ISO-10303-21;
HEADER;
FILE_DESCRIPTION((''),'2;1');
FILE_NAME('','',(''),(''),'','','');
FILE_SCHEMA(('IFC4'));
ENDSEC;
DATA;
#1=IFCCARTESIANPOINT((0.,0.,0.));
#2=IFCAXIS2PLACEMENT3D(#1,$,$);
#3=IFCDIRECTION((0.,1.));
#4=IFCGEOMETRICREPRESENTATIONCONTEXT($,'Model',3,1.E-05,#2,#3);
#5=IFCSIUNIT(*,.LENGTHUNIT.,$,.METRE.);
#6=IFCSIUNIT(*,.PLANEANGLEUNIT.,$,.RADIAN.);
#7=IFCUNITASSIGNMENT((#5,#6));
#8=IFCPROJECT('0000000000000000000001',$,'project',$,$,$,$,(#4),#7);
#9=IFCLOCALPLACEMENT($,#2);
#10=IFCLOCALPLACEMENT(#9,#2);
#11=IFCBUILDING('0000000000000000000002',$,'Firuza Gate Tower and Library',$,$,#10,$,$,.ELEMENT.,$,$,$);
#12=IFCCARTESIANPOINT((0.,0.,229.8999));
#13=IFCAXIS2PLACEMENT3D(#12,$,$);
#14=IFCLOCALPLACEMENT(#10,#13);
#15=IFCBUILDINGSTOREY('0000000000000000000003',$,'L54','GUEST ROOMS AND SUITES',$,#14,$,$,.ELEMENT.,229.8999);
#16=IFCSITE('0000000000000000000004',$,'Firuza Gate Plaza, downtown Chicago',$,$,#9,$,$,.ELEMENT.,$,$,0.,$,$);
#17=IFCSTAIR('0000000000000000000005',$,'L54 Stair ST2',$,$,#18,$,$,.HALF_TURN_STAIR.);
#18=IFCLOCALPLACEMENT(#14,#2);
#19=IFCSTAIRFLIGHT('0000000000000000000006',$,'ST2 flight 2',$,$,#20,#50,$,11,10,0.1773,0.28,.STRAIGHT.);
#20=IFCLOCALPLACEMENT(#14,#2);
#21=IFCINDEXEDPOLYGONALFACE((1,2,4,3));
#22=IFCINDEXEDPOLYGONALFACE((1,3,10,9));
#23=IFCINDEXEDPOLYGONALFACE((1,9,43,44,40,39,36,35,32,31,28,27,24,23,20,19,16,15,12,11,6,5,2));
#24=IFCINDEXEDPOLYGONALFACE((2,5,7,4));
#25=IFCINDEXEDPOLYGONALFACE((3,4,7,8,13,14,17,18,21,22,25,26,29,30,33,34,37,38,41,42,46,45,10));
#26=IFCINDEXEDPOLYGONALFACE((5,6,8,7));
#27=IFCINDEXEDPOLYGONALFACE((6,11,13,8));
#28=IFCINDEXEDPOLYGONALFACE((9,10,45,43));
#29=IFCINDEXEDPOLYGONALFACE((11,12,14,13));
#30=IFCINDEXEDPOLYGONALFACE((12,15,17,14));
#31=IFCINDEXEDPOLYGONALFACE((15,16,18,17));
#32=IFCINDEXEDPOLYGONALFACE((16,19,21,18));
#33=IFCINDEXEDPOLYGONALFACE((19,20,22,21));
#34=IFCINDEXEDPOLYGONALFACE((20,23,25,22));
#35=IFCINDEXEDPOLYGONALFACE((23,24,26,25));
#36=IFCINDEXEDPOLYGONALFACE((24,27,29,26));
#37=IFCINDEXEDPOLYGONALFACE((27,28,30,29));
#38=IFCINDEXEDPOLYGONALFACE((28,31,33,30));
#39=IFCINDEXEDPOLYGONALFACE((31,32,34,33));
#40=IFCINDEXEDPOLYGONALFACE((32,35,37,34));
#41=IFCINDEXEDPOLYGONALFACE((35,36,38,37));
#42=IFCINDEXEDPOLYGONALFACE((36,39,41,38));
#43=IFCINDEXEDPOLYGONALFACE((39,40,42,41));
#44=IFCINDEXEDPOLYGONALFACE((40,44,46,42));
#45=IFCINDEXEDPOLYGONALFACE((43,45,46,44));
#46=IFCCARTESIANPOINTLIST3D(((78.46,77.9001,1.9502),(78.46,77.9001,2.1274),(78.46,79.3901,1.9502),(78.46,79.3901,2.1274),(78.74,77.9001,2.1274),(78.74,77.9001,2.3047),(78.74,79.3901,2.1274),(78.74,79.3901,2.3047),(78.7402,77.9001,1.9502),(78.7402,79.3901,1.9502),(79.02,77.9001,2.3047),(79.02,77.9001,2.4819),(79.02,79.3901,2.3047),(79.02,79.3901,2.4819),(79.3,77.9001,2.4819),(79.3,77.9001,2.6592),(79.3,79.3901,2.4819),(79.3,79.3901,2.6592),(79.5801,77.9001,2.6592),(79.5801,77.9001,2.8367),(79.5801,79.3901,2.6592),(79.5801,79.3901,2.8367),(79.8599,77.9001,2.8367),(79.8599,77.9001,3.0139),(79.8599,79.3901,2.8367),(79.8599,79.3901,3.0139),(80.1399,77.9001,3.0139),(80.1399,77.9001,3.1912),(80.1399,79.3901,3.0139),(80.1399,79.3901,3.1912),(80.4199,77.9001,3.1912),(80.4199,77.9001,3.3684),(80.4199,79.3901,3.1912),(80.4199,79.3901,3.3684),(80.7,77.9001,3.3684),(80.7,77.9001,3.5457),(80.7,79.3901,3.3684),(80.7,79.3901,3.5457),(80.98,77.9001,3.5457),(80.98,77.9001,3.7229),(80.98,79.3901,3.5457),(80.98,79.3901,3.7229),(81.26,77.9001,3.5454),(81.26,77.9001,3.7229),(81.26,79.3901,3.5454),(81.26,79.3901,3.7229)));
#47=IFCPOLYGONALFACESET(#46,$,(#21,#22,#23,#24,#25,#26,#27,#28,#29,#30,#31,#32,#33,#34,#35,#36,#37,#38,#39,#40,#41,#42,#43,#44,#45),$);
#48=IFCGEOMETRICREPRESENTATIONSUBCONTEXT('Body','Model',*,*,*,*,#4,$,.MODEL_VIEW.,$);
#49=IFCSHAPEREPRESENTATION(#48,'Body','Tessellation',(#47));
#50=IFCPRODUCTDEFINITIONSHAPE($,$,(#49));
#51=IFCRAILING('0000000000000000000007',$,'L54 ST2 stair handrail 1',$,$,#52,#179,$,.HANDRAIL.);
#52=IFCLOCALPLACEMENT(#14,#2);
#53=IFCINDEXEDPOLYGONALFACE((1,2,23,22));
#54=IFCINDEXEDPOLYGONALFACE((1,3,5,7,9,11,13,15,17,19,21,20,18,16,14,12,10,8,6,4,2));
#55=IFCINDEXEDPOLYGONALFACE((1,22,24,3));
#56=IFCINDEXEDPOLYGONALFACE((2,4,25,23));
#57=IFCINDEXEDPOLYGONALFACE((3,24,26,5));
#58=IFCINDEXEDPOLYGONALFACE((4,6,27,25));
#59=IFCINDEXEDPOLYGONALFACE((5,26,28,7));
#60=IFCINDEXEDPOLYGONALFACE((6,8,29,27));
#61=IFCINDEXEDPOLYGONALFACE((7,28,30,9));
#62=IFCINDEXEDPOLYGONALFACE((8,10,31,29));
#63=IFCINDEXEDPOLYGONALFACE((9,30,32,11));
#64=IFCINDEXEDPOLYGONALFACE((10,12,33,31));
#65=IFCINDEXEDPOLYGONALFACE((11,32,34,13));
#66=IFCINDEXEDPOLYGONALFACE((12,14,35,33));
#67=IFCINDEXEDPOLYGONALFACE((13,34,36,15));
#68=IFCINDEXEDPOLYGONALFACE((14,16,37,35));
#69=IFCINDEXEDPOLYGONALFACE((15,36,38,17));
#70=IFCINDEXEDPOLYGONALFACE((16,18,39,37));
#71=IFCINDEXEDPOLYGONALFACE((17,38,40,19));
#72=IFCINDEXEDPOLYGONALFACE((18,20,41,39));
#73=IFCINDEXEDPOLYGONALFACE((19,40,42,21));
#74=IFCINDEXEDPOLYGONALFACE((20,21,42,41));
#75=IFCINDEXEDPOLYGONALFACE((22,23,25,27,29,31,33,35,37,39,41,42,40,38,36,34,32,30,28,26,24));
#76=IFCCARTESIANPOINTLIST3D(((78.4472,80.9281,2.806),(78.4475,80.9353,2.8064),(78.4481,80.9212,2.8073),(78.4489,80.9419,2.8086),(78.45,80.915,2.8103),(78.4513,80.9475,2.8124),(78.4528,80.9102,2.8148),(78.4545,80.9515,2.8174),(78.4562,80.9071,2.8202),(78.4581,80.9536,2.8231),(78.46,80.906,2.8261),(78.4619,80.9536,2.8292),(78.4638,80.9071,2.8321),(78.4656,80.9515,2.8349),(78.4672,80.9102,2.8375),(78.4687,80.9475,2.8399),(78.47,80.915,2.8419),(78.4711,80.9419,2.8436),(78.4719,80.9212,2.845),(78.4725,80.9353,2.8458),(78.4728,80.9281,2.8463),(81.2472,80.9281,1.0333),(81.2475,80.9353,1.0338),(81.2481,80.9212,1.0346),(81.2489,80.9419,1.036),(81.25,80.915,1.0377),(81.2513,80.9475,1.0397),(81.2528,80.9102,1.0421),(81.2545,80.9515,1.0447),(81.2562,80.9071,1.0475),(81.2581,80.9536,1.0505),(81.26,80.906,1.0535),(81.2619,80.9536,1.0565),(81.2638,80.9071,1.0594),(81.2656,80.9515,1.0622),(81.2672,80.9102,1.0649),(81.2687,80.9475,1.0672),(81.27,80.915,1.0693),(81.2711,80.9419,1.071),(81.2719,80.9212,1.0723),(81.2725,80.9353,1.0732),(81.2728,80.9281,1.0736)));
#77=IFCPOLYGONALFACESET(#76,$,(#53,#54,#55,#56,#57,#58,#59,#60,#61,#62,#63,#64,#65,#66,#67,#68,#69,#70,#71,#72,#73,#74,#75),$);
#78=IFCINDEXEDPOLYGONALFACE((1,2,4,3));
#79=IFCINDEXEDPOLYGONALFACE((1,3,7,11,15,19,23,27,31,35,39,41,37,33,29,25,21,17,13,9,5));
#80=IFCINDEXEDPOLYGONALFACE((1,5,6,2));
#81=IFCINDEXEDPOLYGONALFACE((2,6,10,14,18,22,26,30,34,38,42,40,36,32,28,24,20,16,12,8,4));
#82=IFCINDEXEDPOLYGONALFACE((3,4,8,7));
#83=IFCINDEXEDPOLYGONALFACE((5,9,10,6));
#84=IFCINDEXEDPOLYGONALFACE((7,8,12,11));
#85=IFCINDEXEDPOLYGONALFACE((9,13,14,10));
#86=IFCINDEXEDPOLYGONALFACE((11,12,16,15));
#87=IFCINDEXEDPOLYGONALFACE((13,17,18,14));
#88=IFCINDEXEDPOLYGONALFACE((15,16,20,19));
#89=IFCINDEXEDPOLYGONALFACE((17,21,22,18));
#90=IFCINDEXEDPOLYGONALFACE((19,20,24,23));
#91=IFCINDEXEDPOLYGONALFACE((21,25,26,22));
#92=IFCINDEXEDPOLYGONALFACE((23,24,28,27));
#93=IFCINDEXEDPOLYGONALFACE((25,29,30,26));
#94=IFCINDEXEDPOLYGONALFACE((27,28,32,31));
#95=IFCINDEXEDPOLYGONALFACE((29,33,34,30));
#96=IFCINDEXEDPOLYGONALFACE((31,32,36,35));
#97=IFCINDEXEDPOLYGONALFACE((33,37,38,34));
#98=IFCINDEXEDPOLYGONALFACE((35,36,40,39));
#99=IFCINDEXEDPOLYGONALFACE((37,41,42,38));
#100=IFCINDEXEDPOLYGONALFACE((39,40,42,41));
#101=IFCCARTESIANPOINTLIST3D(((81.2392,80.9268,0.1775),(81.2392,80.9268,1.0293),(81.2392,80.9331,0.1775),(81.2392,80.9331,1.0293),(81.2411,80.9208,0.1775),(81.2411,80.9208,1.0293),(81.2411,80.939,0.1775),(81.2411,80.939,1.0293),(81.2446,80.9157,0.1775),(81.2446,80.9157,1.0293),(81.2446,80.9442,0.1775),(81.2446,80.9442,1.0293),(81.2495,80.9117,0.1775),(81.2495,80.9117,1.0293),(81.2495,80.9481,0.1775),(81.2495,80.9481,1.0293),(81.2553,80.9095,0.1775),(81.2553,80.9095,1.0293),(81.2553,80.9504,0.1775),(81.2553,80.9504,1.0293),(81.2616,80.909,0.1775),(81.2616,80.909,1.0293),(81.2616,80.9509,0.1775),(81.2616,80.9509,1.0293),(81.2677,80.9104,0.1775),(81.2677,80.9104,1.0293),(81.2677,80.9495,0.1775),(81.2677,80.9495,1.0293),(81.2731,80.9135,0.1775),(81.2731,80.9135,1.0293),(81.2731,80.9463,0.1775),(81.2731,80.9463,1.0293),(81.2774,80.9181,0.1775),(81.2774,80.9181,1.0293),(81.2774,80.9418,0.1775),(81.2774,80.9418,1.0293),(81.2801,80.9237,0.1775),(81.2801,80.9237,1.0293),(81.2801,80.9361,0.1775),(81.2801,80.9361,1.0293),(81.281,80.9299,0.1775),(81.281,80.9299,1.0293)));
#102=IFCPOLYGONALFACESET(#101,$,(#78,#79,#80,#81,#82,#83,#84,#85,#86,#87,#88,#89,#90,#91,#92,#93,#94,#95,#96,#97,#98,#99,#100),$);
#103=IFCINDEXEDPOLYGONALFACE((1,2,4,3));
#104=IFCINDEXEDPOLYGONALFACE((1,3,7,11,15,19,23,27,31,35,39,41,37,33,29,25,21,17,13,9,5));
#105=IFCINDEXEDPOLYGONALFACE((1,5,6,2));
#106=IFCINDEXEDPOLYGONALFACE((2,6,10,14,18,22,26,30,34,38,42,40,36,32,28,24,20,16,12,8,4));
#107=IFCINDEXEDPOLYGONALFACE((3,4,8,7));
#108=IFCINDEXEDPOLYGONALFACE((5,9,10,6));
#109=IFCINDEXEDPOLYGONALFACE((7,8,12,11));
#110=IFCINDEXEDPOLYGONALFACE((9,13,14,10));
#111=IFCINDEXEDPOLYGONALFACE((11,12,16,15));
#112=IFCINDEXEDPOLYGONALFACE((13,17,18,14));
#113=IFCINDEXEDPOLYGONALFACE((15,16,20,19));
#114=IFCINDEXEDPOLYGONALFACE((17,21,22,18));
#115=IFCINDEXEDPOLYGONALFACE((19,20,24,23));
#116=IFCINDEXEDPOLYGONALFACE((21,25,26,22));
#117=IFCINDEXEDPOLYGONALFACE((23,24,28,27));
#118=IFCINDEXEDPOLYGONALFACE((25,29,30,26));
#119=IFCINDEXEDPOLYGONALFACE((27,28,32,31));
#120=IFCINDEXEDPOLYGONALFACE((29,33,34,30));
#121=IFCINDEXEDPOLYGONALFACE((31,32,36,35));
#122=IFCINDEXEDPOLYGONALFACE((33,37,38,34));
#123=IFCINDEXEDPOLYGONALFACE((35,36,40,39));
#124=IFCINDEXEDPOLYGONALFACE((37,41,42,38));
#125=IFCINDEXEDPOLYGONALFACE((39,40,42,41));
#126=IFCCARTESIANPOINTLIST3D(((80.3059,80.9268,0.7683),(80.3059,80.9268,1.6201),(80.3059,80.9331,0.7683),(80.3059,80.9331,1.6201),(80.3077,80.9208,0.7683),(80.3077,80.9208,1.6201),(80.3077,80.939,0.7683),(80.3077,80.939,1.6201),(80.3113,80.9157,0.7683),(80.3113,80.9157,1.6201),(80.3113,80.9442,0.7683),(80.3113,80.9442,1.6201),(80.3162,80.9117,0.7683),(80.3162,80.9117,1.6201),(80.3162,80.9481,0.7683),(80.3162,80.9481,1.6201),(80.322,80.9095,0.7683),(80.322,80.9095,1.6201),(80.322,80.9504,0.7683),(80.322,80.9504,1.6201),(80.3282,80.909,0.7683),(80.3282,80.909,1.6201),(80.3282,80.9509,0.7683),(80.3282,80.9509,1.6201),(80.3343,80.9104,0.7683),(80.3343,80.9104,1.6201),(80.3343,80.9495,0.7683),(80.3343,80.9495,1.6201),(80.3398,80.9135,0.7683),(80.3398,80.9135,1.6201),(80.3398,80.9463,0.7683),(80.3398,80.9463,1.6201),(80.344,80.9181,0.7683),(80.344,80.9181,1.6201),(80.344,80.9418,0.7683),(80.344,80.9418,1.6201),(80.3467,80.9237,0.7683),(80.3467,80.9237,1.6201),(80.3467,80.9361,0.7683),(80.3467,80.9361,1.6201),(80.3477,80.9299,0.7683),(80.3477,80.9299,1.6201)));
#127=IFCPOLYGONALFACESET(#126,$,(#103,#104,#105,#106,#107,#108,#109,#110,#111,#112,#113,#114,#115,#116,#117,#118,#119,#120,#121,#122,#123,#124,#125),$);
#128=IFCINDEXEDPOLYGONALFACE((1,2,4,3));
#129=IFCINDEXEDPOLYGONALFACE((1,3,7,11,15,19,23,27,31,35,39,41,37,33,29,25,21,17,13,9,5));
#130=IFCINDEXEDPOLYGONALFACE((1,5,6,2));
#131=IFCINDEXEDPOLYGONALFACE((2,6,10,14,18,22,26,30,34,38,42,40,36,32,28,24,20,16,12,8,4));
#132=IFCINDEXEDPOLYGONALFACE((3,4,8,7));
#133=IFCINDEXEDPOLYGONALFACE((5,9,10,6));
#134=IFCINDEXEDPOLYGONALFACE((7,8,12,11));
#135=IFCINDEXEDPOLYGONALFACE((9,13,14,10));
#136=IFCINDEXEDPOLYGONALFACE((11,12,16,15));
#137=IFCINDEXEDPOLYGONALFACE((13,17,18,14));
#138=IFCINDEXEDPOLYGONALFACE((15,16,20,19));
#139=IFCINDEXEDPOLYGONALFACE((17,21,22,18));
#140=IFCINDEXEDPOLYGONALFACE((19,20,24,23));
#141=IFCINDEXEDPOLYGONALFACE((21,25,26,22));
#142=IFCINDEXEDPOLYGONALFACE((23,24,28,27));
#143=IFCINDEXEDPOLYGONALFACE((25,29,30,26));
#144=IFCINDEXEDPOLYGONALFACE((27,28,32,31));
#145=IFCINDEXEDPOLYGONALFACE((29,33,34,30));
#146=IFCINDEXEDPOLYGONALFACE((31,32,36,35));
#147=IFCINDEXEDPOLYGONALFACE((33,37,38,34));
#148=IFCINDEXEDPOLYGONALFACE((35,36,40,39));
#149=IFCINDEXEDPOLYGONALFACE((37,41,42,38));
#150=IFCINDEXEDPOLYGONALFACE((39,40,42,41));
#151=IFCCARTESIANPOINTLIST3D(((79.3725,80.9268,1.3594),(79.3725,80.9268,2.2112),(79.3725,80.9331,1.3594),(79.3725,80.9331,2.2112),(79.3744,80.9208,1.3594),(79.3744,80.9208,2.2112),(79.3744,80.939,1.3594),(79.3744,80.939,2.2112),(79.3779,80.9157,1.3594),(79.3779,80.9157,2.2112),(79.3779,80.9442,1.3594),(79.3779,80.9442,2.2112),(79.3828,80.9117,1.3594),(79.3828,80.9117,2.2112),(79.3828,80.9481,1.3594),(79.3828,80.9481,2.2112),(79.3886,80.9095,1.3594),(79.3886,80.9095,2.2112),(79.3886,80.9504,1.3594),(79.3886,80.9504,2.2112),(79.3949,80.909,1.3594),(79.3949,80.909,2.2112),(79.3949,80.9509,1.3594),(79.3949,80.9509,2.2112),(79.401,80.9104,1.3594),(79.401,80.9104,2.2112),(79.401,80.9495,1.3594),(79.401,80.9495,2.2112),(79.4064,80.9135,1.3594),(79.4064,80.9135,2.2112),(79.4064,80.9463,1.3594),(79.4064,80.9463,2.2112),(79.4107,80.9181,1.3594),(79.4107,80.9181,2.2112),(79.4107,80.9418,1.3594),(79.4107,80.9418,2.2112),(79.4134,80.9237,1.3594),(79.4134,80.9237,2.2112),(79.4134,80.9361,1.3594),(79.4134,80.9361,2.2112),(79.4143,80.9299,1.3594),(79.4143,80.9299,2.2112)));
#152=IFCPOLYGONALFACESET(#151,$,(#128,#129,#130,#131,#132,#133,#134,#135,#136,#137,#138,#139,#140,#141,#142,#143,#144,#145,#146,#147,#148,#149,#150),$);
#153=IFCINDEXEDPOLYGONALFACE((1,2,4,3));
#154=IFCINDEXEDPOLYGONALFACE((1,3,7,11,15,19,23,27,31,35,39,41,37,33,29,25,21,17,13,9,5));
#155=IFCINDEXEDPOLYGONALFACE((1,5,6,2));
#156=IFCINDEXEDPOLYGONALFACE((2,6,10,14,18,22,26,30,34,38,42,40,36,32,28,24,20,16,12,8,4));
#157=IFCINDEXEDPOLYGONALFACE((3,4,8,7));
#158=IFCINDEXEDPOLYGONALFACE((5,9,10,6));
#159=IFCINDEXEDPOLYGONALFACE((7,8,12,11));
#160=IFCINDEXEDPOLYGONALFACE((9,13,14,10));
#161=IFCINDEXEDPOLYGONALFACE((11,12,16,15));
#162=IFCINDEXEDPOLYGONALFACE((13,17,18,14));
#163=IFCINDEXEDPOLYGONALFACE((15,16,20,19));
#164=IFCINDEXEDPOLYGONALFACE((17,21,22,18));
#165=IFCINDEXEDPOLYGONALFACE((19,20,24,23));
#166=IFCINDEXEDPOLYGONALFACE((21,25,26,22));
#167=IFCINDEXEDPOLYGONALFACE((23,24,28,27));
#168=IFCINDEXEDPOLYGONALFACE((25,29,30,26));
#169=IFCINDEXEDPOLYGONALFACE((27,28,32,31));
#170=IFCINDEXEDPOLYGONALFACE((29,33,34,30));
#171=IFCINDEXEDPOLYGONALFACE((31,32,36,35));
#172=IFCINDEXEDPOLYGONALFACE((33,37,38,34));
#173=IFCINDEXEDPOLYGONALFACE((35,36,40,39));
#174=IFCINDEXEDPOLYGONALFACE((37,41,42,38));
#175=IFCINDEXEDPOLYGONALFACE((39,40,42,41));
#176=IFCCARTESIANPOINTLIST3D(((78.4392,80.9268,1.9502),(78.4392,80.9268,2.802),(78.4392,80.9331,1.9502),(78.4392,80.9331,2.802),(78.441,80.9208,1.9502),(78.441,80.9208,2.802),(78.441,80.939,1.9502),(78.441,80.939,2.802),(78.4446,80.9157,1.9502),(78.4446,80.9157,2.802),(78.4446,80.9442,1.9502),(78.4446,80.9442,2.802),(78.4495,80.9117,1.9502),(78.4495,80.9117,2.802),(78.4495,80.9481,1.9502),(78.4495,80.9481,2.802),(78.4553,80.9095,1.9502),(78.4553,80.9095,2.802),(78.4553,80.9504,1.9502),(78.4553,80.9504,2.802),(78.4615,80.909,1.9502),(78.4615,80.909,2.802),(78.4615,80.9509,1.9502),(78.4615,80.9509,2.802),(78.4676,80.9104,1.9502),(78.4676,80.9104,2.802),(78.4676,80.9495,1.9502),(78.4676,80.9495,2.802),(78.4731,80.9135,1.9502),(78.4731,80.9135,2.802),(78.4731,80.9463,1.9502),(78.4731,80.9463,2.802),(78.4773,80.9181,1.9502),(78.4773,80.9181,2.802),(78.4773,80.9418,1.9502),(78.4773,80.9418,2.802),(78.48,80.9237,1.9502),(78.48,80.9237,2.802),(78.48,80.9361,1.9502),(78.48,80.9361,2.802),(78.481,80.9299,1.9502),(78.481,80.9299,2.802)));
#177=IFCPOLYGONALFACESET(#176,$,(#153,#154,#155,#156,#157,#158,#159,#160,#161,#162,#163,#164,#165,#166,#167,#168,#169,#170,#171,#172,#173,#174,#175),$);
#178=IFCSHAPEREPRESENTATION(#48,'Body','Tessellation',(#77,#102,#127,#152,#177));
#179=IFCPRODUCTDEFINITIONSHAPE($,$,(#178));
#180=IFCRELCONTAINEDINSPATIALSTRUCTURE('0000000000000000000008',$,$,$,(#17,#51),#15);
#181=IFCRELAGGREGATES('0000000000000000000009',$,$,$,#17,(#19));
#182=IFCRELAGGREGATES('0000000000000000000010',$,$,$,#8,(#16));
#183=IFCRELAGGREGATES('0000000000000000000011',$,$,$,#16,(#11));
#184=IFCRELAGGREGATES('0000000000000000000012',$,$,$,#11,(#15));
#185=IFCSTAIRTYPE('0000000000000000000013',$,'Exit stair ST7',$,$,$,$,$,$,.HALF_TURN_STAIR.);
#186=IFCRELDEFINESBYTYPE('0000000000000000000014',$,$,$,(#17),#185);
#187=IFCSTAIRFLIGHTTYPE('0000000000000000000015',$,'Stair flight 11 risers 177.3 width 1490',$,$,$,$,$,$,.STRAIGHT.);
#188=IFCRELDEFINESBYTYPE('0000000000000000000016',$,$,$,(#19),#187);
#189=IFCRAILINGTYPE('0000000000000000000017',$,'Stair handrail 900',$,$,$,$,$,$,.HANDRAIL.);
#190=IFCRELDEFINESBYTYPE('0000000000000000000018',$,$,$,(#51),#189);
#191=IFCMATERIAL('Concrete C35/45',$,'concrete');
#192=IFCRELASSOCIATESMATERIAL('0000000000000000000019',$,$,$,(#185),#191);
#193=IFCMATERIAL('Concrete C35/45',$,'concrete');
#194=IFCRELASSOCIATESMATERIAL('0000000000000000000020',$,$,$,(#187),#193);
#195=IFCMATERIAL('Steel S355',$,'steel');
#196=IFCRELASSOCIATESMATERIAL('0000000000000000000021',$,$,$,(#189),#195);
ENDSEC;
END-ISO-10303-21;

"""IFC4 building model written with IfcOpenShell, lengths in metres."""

from ifc_helpers import new_model, si_unit, direction, frame, origin, origin_2d, place, context, subcontext, project, spatial, polyline, circle, outline, extrude, material, type_object, element, aggregate, save


model = new_model("IFC4")

# Units and contexts
model_context = context("Model", 3, precision=1e-05, world=origin(), true_north=direction((0.0, 1.0)))
body_context = subcontext(model_context, "Body", "Model", "MODEL_VIEW")
ifc_project = project(units=[si_unit("LENGTHUNIT", "METRE"), si_unit("PLANEANGLEUNIT", "RADIAN")], contexts=[model_context])

# Site, building, storey
site_placement = place(None, origin())
site = spatial("IfcSite", under=ifc_project, at=site_placement, Name="Firuza Gate Plaza, downtown Chicago", CompositionType="ELEMENT", RefElevation=0.0)
building_placement = place(site_placement, origin())
building = spatial("IfcBuilding", under=site, at=building_placement, Name="Firuza Gate Tower and Library", CompositionType="ELEMENT")
storey_placement = place(building_placement, frame((0.0, 0.0, 229.8999)))
storey = spatial("IfcBuildingStorey", under=building, at=storey_placement, Name="L54", Description="GUEST ROOMS AND SUITES", CompositionType="ELEMENT", Elevation=229.8999)

# Stair, stair flight
ifc_material_1 = material(Name="Concrete C35/45", Category="concrete")
stair_type = type_object("IfcStairType", Name="Exit stair ST7", PredefinedType="HALF_TURN_STAIR", material=ifc_material_1)
stair_placement = place(storey_placement, origin())
stair = element("IfcStair", 1, at=stair_placement, inside=storey, type_object=stair_type, Name="L54 Stair ST2", PredefinedType="HALF_TURN_STAIR")
ifc_material_2 = material(Name="Concrete C35/45", Category="concrete")
stair_flight_type = type_object("IfcStairFlightType", Name="Stair flight 11 risers 177.3 width 1490", PredefinedType="STRAIGHT", material=ifc_material_2)
stair_flight_1_placement = place(storey_placement, frame((78.46, 78.645, 1.9502), z_axis=(0.0, 0.0, 1.0), x_axis=(1.0, 0.0, 0.0)))
stair_flight_1 = element("IfcStairFlight", 2, at=stair_flight_1_placement, type_object=stair_flight_type, Name="ST2 flight 2", NumberOfRisers=11, NumberOfTreads=10, PredefinedType="STRAIGHT", RiserHeight=0.1773, TreadLength=0.28, context=body_context, shape_type="SweptSolid", body=[
    extrude(outline(polyline([(0.0, 0.0), (0.0, 0.1772), (0.28, 0.1772), (0.28, 0.3545), (0.5601, 0.3545), (0.5601, 0.5317), (0.8401, 0.5317), (0.8401, 0.709), (1.1201, 0.709), (1.1201, 0.8865), (1.3999, 0.8865), (1.3999, 1.0637), (1.6799, 1.0637), (1.6799, 1.241), (1.96, 1.241), (1.96, 1.4182), (2.24, 1.4182), (2.24, 1.5955), (2.52, 1.5955), (2.52, 1.7727), (2.8, 1.7727), (2.8, 1.95), (2.8, 1.5952), (0.2803, 0.0), (0.0, 0.0)])), frame((0.0, 0.7451, 0.0), z_axis=(0.0, -1.0, 0.0), x_axis=(1.0, 0.0, 0.0)), (0.0, 0.0, 1.0), 1.49),
])
aggregate(stair, [stair_flight_1])

# Railing
ifc_material_3 = material(Name="Steel S355", Category="steel")
railing_type_1 = type_object("IfcRailingType", Name="Stair handrail 900", PredefinedType="HANDRAIL", material=ifc_material_3)
railing_1_placement = place(storey_placement, frame((81.26, 80.9299, 0.1775)))
element("IfcRailing", 3, at=railing_1_placement, inside=storey, type_object=railing_type_1, Name="L54 ST2 stair handrail 1", PredefinedType="HANDRAIL", context=body_context, shape_type="SweptSolid", body=[
    extrude(circle(Radius=0.0239, at=origin_2d()), frame((0.0, 0.0, 0.876), z_axis=(-0.844909, 0.0, 0.53491), x_axis=(0.0, -1.0, 0.0)), (0.0, 0.0, 1.0), 3.314),
    extrude(circle(Radius=0.021, at=origin_2d()), origin(), (0.0, 0.0, 1.0), 0.8518),
    extrude(circle(Radius=0.021, at=origin_2d()), frame((-0.9333, 0.0, 0.5908)), (0.0, 0.0, 1.0), 0.8518),
    extrude(circle(Radius=0.021, at=origin_2d()), frame((-1.8667, 0.0, 1.1819)), (0.0, 0.0, 1.0), 0.8518),
    extrude(circle(Radius=0.021, at=origin_2d()), frame((-2.8, 0.0, 1.7727)), (0.0, 0.0, 1.0), 0.8518),
])

save(model, "model.ifc")
